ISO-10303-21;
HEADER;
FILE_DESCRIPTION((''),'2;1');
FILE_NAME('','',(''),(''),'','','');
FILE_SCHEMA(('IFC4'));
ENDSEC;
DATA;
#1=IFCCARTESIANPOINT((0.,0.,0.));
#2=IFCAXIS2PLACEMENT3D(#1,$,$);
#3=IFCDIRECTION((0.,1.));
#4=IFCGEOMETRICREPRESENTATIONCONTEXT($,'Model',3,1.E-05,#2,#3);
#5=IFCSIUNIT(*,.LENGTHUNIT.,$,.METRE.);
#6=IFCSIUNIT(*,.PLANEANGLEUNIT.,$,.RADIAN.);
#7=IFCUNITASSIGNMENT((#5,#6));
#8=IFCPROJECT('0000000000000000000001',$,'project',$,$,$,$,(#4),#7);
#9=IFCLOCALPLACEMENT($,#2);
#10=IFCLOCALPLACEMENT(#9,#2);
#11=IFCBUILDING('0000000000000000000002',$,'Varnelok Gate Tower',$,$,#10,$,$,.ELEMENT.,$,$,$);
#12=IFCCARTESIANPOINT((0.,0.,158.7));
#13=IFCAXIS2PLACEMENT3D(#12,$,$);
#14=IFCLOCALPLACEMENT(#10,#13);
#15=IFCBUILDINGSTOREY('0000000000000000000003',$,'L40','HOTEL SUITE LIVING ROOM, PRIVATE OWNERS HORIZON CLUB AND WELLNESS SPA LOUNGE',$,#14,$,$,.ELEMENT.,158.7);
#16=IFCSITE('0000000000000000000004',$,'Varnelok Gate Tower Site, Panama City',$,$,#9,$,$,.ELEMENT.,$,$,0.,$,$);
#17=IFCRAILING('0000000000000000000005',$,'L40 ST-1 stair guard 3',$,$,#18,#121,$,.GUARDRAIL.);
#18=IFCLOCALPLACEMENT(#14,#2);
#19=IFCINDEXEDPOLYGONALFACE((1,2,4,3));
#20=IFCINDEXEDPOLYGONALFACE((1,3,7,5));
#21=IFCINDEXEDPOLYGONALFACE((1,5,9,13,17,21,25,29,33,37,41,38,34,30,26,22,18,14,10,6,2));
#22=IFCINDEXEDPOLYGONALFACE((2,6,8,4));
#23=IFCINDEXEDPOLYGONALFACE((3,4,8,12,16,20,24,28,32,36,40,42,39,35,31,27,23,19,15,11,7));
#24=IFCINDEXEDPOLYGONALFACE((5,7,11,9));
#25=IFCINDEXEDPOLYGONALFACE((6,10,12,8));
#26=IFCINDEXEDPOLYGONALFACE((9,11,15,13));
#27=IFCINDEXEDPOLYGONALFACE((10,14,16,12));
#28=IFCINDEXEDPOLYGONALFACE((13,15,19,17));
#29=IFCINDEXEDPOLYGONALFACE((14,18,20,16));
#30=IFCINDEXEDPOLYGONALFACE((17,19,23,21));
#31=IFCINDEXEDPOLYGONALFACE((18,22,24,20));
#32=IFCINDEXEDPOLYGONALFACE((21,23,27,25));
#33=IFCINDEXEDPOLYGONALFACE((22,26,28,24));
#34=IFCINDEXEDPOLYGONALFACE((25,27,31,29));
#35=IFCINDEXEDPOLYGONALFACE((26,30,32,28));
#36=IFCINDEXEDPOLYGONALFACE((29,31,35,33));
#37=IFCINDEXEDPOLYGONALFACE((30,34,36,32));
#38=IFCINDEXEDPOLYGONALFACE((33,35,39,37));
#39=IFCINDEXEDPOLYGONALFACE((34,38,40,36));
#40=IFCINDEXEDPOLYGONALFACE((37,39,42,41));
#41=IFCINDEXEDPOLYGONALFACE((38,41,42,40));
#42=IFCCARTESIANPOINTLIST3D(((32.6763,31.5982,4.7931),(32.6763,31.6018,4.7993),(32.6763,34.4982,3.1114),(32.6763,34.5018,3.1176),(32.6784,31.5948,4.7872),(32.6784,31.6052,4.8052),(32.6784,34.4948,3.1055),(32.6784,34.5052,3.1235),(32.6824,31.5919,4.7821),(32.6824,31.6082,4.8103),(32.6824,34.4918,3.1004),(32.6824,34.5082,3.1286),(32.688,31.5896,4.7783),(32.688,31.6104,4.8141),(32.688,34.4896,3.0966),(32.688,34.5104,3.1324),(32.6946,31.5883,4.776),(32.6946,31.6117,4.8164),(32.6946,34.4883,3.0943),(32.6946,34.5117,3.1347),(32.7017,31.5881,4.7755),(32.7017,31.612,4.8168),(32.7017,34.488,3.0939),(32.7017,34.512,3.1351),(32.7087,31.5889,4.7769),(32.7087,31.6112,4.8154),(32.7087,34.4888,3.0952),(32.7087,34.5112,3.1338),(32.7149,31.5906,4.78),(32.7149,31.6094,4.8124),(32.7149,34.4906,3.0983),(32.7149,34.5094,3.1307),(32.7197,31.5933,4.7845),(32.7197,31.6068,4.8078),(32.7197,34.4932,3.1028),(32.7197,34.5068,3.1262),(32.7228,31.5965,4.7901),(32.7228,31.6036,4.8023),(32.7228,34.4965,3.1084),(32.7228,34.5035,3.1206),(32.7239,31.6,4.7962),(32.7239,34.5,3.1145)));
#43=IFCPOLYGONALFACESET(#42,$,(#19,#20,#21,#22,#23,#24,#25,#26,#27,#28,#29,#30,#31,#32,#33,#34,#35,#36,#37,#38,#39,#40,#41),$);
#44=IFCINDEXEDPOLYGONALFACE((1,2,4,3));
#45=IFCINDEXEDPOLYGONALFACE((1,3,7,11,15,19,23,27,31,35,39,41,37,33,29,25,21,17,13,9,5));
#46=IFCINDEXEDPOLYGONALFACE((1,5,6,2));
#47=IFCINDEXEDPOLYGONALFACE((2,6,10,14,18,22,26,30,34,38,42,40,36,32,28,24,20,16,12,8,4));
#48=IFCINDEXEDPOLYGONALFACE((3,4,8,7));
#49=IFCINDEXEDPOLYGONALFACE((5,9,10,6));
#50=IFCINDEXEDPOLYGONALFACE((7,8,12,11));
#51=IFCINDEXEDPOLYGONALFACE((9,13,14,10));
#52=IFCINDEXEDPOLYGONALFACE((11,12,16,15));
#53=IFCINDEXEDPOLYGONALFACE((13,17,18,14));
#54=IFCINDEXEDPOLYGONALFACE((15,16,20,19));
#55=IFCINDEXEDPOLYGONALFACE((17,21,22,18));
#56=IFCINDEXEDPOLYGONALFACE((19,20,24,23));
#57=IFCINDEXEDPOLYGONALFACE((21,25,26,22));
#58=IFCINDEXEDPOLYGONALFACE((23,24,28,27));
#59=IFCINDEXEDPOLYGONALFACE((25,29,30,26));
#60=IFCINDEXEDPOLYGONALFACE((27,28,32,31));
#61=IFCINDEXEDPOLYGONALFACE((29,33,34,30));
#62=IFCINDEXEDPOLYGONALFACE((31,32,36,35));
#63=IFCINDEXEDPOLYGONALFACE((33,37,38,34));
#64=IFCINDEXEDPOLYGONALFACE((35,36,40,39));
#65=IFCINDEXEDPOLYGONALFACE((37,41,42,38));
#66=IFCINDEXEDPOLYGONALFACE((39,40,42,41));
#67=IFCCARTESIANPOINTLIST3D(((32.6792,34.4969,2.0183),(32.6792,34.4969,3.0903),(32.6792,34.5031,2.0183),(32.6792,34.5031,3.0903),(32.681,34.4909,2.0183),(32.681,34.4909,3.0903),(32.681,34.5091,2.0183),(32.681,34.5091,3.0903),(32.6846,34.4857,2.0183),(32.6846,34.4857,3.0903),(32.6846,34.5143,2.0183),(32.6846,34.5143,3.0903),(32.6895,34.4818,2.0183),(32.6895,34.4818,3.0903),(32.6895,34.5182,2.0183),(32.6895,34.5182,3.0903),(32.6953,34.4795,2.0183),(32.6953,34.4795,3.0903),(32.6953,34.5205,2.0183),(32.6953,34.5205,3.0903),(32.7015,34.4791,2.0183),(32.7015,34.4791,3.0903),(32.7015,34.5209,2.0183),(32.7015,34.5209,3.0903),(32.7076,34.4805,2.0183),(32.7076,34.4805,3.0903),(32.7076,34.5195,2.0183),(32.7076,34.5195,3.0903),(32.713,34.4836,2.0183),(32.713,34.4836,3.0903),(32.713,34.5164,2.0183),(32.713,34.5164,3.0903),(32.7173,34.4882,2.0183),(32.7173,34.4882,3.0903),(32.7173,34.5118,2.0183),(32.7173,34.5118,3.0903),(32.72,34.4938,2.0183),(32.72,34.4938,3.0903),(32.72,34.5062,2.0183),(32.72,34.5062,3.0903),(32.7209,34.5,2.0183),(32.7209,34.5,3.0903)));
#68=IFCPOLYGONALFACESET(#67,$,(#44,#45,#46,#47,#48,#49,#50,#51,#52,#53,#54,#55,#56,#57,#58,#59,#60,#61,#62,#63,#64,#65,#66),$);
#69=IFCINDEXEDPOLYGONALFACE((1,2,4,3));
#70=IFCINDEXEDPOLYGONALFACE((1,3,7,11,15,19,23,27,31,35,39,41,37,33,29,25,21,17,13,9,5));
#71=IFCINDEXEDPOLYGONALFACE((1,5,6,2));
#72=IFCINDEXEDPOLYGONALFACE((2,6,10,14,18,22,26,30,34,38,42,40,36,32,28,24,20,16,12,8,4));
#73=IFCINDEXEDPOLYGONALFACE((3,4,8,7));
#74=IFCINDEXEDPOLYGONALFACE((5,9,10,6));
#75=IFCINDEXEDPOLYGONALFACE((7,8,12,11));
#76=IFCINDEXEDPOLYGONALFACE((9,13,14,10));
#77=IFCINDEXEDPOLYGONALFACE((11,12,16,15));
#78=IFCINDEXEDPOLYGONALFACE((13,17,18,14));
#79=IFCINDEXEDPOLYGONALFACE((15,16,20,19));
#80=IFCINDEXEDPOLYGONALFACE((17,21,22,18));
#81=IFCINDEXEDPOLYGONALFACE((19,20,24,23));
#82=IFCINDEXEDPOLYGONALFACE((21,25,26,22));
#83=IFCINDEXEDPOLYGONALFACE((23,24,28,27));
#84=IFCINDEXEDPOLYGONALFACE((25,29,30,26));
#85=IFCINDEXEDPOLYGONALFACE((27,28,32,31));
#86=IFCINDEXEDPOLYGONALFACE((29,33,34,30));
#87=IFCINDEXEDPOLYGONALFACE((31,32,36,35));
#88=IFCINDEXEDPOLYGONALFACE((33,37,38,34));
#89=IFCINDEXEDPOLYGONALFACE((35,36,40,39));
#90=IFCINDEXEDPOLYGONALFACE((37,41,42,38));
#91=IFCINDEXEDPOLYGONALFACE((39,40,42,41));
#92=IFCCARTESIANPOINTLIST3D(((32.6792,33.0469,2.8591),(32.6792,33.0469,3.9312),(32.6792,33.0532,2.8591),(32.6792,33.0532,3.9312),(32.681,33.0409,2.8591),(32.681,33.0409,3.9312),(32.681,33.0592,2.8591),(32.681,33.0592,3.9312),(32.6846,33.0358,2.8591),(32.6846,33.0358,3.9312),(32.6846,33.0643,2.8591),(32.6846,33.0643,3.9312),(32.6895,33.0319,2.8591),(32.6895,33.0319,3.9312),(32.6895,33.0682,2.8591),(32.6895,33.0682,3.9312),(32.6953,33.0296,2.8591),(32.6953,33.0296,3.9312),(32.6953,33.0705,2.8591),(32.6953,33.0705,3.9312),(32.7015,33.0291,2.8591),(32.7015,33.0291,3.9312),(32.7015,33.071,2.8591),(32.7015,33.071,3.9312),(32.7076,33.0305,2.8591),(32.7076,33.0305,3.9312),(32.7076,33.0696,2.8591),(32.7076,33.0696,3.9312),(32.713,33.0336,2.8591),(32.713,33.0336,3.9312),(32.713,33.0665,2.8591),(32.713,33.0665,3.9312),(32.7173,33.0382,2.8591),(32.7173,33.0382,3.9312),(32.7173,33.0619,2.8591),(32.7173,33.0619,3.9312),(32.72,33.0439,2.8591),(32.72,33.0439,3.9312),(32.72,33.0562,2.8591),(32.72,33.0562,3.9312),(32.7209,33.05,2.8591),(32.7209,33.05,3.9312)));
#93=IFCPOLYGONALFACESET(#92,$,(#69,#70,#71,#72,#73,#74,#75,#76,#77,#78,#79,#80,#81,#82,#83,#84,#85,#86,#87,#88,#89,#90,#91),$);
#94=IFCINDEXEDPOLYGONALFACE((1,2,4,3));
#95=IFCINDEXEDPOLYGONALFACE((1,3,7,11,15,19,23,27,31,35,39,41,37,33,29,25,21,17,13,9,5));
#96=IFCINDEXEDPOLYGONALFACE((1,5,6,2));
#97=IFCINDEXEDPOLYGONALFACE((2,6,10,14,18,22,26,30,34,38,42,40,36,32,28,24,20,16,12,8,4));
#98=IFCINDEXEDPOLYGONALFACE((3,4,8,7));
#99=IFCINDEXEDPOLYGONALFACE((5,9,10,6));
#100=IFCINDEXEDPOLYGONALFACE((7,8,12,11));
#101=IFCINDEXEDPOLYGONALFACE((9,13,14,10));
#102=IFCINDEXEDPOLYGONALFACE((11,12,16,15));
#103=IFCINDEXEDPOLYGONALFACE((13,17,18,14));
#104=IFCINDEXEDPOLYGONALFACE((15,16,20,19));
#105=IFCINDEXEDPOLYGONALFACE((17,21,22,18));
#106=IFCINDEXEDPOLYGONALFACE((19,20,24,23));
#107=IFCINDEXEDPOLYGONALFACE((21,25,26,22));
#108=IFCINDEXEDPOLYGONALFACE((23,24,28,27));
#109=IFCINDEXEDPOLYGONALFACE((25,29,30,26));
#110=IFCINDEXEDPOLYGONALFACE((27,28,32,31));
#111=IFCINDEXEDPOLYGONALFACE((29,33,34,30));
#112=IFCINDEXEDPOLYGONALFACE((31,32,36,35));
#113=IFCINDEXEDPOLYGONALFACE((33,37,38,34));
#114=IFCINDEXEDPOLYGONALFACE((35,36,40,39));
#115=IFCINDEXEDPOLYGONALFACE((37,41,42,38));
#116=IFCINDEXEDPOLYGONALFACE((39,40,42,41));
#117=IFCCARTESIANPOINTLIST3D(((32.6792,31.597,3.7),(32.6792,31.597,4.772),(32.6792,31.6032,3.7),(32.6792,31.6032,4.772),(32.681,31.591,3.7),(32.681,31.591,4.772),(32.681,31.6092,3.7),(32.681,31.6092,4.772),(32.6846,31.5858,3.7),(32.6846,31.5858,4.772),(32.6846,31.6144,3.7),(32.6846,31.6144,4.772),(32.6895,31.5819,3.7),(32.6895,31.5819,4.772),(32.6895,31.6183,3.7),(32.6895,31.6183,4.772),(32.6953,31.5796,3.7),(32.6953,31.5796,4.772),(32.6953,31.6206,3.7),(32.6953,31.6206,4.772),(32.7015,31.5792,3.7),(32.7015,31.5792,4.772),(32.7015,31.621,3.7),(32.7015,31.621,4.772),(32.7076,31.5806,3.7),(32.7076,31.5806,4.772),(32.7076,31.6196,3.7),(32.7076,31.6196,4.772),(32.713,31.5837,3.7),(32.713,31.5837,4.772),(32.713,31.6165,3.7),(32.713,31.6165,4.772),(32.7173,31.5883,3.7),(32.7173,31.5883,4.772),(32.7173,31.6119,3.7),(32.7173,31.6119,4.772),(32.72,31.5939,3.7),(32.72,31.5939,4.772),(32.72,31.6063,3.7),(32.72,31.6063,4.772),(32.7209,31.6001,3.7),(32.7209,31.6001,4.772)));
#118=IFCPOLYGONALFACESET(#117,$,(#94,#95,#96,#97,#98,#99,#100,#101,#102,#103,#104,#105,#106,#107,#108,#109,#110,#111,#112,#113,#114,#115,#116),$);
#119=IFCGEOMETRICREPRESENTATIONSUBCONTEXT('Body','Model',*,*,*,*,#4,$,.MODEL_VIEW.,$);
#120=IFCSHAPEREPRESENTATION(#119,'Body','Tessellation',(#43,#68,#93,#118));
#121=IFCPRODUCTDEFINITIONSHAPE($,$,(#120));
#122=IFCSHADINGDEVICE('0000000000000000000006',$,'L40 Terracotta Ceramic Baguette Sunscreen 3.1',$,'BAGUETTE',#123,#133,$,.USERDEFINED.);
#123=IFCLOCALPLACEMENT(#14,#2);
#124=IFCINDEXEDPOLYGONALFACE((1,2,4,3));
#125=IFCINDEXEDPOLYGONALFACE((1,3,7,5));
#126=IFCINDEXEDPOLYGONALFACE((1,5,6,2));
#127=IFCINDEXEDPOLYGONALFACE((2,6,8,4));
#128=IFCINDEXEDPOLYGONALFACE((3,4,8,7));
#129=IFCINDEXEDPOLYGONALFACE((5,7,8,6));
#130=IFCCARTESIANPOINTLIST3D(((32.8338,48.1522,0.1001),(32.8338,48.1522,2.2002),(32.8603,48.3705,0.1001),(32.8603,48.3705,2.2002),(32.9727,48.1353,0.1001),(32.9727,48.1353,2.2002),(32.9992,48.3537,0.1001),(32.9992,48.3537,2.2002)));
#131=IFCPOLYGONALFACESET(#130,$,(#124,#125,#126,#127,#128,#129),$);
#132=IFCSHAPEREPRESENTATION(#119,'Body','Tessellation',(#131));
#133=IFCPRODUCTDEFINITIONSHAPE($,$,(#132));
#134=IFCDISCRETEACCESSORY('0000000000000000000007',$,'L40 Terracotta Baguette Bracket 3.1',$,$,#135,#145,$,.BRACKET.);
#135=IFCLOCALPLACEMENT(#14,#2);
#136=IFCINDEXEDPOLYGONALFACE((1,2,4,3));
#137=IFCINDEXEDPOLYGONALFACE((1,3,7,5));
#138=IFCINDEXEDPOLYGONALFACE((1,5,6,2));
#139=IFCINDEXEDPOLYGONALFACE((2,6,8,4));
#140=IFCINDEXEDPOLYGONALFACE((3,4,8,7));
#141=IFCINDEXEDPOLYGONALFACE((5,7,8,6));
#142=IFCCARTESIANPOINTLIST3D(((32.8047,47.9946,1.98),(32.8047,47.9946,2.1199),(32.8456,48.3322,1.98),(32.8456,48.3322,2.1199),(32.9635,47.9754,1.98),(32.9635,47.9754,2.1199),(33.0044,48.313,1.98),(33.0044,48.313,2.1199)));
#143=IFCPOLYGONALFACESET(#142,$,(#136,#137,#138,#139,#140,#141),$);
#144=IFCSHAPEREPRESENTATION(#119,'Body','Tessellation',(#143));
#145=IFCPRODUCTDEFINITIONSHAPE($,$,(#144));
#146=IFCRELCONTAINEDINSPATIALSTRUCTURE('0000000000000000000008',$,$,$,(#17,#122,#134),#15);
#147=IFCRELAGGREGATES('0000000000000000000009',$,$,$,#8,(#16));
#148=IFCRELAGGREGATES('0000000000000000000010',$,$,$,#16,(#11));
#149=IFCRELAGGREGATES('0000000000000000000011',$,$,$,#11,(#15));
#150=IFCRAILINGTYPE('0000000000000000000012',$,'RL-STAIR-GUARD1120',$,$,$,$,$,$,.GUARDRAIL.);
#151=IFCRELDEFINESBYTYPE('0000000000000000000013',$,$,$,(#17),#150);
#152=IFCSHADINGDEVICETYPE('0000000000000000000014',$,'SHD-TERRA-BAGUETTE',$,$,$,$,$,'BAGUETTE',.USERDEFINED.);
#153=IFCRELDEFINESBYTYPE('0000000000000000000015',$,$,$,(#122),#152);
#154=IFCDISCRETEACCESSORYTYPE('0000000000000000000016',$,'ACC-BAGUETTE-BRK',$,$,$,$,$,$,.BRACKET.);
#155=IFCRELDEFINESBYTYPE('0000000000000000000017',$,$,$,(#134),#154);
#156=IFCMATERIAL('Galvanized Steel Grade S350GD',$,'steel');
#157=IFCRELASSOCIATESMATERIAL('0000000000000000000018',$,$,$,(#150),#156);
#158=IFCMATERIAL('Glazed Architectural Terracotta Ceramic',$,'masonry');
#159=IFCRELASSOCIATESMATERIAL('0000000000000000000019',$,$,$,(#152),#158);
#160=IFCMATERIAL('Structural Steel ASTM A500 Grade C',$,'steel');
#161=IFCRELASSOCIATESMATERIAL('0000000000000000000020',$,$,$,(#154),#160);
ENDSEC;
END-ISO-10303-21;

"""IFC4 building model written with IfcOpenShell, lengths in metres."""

from ifc_helpers import new_model, si_unit, direction, frame, origin, origin_2d, place, context, subcontext, project, spatial, rectangle, circle, extrude, source, transform, mapped, material, type_object, element, save


model = new_model("IFC4")

# Units and contexts
model_context = context("Model", 3, precision=1e-05, world=origin(), true_north=direction((0.0, 1.0)))
body_context = subcontext(model_context, "Body", "Model", "MODEL_VIEW")
ifc_project = project(units=[si_unit("LENGTHUNIT", "METRE"), si_unit("PLANEANGLEUNIT", "RADIAN")], contexts=[model_context])

# Site, building, storey
site_placement = place(None, origin())
site = spatial("IfcSite", under=ifc_project, at=site_placement, Name="Varnelok Gate Tower Site, Panama City", CompositionType="ELEMENT", RefElevation=0.0)
building_placement = place(site_placement, origin())
building = spatial("IfcBuilding", under=site, at=building_placement, Name="Varnelok Gate Tower", CompositionType="ELEMENT")
storey_placement = place(building_placement, frame((0.0, 0.0, 158.7)))
storey = spatial("IfcBuildingStorey", under=building, at=storey_placement, Name="L40", Description="HOTEL SUITE LIVING ROOM, PRIVATE OWNERS HORIZON CLUB AND WELLNESS SPA LOUNGE", CompositionType="ELEMENT", Elevation=158.7)

# Railing
ifc_material_1 = material(Name="Galvanized Steel Grade S350GD", Category="steel")
railing_type_1 = type_object("IfcRailingType", Name="RL-STAIR-GUARD1120", PredefinedType="GUARDRAIL", material=ifc_material_1)
railing_1_placement = place(storey_placement, frame((32.7, 34.5, 2.0183)))
element("IfcRailing", 1, at=railing_1_placement, inside=storey, type_object=railing_type_1, Name="L40 ST-1 stair guard 3", PredefinedType="GUARDRAIL", context=body_context, shape_type="SweptSolid", body=[
    extrude(circle(Radius=0.0239, at=origin_2d()), frame((0.0, 0.0, 1.0962), z_axis=(0.0, -0.86507, 0.501651), x_axis=(1.0, 0.0, 0.0)), (0.0, 0.0, 1.0), 3.3523),
    extrude(circle(Radius=0.021, at=origin_2d()), origin(), (0.0, 0.0, 1.0), 1.072),
    extrude(circle(Radius=0.021, at=origin_2d()), frame((0.0, -1.45, 0.8408)), (0.0, 0.0, 1.0), 1.072),
    extrude(circle(Radius=0.021, at=origin_2d()), frame((0.0, -2.8999, 1.6816)), (0.0, 0.0, 1.0), 1.072),
])

# Shading device
ifc_material_2 = material(Name="Glazed Architectural Terracotta Ceramic", Category="masonry")
shading_device_type = type_object("IfcShadingDeviceType", Name="SHD-TERRA-BAGUETTE", ElementType="BAGUETTE", PredefinedType="USERDEFINED", material=ifc_material_2)
shared_shape_1 = source(origin(), body_context, "Body", "SweptSolid", [
    extrude(rectangle(XDim=0.1399, YDim=0.22, at=origin_2d()), origin(), (0.0, 0.0, 1.0), 2.1001),
])
shading_device_placement = place(storey_placement, frame((32.9165, 48.2529, 0.1001), z_axis=(0.0, 0.0, 1.0), x_axis=(0.992732, -0.120345, 0.0)))
element("IfcShadingDevice", 2, at=shading_device_placement, inside=storey, type_object=shading_device_type, Name="L40 Terracotta Ceramic Baguette Sunscreen 3.1", ObjectType="BAGUETTE", PredefinedType="USERDEFINED", context=body_context, shape_type="MappedRepresentation", body=[
    mapped(shared_shape_1, transform((0.0, 0.0, 0.0), scale=1.0)),
])

# Discrete accessory
ifc_material_3 = material(Name="Structural Steel ASTM A500 Grade C", Category="steel")
discrete_accessory_type = type_object("IfcDiscreteAccessoryType", Name="ACC-BAGUETTE-BRK", PredefinedType="BRACKET", material=ifc_material_3)
shared_shape_2 = source(origin(), body_context, "Body", "SweptSolid", [
    extrude(rectangle(XDim=0.1599, YDim=0.3401, at=origin_2d()), origin(), (0.0, 0.0, 1.0), 0.1399),
])
discrete_accessory_placement = place(storey_placement, frame((32.9045, 48.1538, 1.98), z_axis=(0.0, 0.0, 1.0), x_axis=(0.992732, -0.120345, 0.0)))
element("IfcDiscreteAccessory", 3, at=discrete_accessory_placement, inside=storey, type_object=discrete_accessory_type, Name="L40 Terracotta Baguette Bracket 3.1", PredefinedType="BRACKET", context=body_context, shape_type="MappedRepresentation", body=[
    mapped(shared_shape_2, transform((0.0, 0.0, 0.0), scale=1.0)),
])

save(model, "model.ifc")
